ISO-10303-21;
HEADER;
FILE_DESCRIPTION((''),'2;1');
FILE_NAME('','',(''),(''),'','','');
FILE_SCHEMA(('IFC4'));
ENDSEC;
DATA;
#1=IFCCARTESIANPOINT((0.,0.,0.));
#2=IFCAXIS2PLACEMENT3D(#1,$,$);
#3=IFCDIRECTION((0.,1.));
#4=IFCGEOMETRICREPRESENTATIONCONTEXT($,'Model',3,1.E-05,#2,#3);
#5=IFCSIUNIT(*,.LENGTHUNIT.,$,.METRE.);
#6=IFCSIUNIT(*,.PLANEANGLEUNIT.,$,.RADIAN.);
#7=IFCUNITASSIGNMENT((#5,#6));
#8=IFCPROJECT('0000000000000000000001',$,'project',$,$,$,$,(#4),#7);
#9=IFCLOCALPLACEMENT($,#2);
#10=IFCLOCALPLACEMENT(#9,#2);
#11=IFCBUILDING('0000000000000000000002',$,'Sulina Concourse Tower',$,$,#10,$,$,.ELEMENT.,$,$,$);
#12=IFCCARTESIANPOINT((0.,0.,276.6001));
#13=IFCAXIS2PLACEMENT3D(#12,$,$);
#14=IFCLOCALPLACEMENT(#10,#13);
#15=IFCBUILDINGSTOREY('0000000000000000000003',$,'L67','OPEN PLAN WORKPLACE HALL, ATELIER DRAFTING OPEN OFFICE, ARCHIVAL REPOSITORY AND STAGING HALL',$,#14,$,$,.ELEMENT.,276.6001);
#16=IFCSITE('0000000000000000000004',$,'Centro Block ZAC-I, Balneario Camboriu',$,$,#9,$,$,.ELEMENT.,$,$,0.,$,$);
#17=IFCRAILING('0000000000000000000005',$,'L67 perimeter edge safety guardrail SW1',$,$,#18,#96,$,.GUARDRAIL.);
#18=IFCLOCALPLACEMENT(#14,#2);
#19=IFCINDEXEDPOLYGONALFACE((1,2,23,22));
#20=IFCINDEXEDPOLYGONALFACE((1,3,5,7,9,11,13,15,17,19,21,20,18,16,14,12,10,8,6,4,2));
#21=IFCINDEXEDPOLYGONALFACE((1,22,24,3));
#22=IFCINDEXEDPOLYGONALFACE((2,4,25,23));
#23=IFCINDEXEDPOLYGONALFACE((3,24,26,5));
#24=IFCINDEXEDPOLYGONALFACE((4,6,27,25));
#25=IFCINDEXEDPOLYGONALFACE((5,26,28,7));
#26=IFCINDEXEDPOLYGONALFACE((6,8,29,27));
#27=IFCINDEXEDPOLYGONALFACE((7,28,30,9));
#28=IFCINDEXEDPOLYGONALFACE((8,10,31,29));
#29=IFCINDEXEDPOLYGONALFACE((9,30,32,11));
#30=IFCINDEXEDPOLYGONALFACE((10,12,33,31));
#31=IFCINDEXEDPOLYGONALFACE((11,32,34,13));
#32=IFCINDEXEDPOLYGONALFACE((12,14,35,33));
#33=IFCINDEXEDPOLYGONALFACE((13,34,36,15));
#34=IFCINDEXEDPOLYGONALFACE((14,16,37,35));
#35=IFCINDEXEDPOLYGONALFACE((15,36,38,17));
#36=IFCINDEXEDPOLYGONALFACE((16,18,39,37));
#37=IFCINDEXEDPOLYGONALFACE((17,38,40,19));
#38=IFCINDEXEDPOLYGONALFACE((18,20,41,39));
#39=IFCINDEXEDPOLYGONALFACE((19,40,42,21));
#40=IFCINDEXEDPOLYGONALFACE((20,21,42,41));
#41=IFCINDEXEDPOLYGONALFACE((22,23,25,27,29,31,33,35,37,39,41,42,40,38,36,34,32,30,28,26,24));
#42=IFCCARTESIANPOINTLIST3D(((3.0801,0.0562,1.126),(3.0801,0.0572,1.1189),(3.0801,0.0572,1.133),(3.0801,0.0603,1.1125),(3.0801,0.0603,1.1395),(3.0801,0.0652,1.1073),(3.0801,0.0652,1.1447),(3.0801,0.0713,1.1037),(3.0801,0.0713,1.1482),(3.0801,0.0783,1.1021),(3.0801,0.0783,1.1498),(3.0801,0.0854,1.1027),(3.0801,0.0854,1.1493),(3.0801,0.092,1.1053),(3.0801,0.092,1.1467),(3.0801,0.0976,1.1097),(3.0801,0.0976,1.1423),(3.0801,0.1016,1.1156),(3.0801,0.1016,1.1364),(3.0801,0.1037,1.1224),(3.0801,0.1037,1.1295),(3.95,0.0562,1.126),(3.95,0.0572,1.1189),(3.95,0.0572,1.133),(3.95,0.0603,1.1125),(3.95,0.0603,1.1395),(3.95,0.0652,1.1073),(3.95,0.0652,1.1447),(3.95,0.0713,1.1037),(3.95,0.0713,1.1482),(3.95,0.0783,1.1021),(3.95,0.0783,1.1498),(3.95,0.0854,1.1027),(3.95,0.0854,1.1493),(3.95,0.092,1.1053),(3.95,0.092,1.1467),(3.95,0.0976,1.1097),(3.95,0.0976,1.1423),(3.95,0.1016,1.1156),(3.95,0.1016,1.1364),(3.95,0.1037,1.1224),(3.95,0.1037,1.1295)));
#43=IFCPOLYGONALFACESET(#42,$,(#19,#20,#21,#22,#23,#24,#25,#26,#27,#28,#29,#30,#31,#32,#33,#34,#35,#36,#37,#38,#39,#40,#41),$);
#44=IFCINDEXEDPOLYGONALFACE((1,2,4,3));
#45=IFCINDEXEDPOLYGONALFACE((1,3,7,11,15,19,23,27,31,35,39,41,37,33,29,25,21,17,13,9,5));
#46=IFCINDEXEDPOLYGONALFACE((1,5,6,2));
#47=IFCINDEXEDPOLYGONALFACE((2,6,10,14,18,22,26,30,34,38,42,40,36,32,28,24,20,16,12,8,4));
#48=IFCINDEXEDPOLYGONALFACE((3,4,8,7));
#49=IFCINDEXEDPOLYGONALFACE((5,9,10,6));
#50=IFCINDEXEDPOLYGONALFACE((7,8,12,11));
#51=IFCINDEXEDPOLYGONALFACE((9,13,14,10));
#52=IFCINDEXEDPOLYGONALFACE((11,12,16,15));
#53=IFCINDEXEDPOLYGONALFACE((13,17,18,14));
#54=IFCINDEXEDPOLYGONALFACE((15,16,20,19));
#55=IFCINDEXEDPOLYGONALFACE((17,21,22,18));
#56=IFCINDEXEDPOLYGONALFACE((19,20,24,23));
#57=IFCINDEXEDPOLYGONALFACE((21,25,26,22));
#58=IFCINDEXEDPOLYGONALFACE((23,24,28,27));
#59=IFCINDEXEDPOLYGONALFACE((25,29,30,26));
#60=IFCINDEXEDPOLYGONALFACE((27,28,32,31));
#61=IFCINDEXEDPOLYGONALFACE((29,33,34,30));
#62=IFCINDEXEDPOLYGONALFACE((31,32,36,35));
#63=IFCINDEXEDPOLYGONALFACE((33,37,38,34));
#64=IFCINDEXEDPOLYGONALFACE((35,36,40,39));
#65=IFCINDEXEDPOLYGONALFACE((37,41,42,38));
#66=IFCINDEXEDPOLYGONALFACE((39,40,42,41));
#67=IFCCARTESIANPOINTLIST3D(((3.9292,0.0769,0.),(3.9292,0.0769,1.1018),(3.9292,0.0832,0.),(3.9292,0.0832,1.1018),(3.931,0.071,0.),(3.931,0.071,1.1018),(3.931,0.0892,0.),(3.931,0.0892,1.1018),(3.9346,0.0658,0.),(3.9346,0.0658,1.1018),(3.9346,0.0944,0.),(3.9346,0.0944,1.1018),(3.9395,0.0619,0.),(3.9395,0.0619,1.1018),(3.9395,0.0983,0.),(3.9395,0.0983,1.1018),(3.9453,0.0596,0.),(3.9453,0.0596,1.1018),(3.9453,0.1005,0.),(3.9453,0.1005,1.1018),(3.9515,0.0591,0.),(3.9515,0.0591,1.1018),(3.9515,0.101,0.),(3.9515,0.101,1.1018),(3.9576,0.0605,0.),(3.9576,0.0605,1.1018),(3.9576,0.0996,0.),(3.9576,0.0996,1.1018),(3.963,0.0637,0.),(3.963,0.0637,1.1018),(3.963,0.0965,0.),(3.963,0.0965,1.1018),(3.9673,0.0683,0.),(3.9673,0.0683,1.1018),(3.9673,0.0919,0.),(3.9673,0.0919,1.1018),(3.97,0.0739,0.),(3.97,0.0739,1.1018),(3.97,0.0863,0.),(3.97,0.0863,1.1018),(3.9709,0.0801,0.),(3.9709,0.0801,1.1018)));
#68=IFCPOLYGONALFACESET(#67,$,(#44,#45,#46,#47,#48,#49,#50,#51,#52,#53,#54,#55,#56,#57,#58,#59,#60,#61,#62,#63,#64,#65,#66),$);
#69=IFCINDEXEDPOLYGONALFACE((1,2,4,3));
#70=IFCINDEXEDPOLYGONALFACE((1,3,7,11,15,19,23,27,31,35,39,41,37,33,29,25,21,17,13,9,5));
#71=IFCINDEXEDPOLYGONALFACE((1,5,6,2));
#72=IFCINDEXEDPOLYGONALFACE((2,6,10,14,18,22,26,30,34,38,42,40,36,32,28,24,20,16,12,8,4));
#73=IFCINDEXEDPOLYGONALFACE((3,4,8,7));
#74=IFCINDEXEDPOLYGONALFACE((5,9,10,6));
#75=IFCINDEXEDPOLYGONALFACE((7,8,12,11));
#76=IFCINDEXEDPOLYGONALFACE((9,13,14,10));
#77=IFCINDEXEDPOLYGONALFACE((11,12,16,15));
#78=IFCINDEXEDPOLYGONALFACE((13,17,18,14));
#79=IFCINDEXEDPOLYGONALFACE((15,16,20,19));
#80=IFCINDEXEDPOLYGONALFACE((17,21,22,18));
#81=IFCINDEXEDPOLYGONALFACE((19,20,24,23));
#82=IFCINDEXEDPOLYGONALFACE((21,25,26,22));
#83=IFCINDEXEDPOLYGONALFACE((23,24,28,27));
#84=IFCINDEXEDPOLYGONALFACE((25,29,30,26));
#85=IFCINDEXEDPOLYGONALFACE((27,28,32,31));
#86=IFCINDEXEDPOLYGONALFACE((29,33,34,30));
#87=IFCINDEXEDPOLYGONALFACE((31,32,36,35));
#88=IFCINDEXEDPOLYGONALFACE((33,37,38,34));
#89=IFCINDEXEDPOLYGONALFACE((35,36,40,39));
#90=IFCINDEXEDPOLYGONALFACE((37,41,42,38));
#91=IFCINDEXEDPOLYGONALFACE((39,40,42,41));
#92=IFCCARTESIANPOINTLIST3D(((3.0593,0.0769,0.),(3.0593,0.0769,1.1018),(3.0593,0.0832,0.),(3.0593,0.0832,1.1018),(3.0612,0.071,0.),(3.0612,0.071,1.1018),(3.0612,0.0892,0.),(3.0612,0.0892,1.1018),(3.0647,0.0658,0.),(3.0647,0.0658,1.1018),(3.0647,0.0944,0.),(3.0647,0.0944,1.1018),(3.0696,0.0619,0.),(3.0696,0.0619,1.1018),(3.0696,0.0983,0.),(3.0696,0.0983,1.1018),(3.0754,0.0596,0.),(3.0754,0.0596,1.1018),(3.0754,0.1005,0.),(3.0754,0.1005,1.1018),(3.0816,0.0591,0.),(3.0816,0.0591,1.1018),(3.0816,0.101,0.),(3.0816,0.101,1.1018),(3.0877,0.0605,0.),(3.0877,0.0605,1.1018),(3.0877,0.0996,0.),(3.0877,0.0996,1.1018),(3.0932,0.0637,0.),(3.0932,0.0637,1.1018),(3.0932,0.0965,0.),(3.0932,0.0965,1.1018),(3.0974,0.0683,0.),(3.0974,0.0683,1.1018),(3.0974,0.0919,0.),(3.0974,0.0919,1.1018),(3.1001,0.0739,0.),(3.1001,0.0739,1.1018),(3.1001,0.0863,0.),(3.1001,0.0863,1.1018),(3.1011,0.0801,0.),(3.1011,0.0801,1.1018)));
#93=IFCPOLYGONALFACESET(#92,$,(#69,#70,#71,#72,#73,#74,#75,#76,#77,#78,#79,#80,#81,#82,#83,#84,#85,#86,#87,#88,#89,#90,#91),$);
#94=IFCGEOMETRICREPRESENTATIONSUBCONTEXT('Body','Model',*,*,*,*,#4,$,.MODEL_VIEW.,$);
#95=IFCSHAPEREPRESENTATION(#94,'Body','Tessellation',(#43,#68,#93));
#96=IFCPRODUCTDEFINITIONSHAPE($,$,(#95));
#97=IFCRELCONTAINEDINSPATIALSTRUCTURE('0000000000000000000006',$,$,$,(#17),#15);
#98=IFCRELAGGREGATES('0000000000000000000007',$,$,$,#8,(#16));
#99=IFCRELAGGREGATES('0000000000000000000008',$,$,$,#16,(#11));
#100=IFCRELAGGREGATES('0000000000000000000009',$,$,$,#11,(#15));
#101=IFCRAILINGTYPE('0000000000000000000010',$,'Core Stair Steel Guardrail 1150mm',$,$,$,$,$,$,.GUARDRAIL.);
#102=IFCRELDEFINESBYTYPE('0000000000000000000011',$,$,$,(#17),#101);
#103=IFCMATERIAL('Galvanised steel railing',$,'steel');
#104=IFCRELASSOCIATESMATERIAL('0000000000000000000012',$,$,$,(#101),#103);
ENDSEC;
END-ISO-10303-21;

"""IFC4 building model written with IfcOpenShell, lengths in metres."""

from ifc_helpers import new_model, si_unit, direction, frame, origin, origin_2d, place, context, subcontext, project, spatial, circle, extrude, material, type_object, element, save


model = new_model("IFC4")

# Units and contexts
model_context = context("Model", 3, precision=1e-05, world=origin(), true_north=direction((0.0, 1.0)))
body_context = subcontext(model_context, "Body", "Model", "MODEL_VIEW")
ifc_project = project(units=[si_unit("LENGTHUNIT", "METRE"), si_unit("PLANEANGLEUNIT", "RADIAN")], contexts=[model_context])

# Site, building, storey
site_placement = place(None, origin())
site = spatial("IfcSite", under=ifc_project, at=site_placement, Name="Centro Block ZAC-I, Balneario Camboriu", CompositionType="ELEMENT", RefElevation=0.0)
building_placement = place(site_placement, origin())
building = spatial("IfcBuilding", under=site, at=building_placement, Name="Sulina Concourse Tower", CompositionType="ELEMENT")
storey_placement = place(building_placement, frame((0.0, 0.0, 276.6001)))
storey = spatial("IfcBuildingStorey", under=building, at=storey_placement, Name="L67", Description="OPEN PLAN WORKPLACE HALL, ATELIER DRAFTING OPEN OFFICE, ARCHIVAL REPOSITORY AND STAGING HALL", CompositionType="ELEMENT", Elevation=276.6001)

# Railing
ifc_material_1 = material(Name="Galvanised steel railing", Category="steel")
railing_type = type_object("IfcRailingType", Name="Core Stair Steel Guardrail 1150mm", PredefinedType="GUARDRAIL", material=ifc_material_1)
railing_placement = place(storey_placement, frame((3.95, 0.0801, 0.0)))
element("IfcRailing", 1, at=railing_placement, inside=storey, type_object=railing_type, Name="L67 perimeter edge safety guardrail SW1", PredefinedType="GUARDRAIL", context=body_context, shape_type="SweptSolid", body=[
    extrude(circle(Radius=0.0239, at=origin_2d()), frame((0.0, 0.0, 1.126), z_axis=(-1.0, 0.0, 0.0), x_axis=(0.0, -1.0, 0.0)), (0.0, 0.0, 1.0), 0.8699),
    extrude(circle(Radius=0.021, at=origin_2d()), origin(), (0.0, 0.0, 1.0), 1.1018),
    extrude(circle(Radius=0.021, at=origin_2d()), frame((-0.8699, 0.0, 0.0)), (0.0, 0.0, 1.0), 1.1018),
])

save(model, "model.ifc")
